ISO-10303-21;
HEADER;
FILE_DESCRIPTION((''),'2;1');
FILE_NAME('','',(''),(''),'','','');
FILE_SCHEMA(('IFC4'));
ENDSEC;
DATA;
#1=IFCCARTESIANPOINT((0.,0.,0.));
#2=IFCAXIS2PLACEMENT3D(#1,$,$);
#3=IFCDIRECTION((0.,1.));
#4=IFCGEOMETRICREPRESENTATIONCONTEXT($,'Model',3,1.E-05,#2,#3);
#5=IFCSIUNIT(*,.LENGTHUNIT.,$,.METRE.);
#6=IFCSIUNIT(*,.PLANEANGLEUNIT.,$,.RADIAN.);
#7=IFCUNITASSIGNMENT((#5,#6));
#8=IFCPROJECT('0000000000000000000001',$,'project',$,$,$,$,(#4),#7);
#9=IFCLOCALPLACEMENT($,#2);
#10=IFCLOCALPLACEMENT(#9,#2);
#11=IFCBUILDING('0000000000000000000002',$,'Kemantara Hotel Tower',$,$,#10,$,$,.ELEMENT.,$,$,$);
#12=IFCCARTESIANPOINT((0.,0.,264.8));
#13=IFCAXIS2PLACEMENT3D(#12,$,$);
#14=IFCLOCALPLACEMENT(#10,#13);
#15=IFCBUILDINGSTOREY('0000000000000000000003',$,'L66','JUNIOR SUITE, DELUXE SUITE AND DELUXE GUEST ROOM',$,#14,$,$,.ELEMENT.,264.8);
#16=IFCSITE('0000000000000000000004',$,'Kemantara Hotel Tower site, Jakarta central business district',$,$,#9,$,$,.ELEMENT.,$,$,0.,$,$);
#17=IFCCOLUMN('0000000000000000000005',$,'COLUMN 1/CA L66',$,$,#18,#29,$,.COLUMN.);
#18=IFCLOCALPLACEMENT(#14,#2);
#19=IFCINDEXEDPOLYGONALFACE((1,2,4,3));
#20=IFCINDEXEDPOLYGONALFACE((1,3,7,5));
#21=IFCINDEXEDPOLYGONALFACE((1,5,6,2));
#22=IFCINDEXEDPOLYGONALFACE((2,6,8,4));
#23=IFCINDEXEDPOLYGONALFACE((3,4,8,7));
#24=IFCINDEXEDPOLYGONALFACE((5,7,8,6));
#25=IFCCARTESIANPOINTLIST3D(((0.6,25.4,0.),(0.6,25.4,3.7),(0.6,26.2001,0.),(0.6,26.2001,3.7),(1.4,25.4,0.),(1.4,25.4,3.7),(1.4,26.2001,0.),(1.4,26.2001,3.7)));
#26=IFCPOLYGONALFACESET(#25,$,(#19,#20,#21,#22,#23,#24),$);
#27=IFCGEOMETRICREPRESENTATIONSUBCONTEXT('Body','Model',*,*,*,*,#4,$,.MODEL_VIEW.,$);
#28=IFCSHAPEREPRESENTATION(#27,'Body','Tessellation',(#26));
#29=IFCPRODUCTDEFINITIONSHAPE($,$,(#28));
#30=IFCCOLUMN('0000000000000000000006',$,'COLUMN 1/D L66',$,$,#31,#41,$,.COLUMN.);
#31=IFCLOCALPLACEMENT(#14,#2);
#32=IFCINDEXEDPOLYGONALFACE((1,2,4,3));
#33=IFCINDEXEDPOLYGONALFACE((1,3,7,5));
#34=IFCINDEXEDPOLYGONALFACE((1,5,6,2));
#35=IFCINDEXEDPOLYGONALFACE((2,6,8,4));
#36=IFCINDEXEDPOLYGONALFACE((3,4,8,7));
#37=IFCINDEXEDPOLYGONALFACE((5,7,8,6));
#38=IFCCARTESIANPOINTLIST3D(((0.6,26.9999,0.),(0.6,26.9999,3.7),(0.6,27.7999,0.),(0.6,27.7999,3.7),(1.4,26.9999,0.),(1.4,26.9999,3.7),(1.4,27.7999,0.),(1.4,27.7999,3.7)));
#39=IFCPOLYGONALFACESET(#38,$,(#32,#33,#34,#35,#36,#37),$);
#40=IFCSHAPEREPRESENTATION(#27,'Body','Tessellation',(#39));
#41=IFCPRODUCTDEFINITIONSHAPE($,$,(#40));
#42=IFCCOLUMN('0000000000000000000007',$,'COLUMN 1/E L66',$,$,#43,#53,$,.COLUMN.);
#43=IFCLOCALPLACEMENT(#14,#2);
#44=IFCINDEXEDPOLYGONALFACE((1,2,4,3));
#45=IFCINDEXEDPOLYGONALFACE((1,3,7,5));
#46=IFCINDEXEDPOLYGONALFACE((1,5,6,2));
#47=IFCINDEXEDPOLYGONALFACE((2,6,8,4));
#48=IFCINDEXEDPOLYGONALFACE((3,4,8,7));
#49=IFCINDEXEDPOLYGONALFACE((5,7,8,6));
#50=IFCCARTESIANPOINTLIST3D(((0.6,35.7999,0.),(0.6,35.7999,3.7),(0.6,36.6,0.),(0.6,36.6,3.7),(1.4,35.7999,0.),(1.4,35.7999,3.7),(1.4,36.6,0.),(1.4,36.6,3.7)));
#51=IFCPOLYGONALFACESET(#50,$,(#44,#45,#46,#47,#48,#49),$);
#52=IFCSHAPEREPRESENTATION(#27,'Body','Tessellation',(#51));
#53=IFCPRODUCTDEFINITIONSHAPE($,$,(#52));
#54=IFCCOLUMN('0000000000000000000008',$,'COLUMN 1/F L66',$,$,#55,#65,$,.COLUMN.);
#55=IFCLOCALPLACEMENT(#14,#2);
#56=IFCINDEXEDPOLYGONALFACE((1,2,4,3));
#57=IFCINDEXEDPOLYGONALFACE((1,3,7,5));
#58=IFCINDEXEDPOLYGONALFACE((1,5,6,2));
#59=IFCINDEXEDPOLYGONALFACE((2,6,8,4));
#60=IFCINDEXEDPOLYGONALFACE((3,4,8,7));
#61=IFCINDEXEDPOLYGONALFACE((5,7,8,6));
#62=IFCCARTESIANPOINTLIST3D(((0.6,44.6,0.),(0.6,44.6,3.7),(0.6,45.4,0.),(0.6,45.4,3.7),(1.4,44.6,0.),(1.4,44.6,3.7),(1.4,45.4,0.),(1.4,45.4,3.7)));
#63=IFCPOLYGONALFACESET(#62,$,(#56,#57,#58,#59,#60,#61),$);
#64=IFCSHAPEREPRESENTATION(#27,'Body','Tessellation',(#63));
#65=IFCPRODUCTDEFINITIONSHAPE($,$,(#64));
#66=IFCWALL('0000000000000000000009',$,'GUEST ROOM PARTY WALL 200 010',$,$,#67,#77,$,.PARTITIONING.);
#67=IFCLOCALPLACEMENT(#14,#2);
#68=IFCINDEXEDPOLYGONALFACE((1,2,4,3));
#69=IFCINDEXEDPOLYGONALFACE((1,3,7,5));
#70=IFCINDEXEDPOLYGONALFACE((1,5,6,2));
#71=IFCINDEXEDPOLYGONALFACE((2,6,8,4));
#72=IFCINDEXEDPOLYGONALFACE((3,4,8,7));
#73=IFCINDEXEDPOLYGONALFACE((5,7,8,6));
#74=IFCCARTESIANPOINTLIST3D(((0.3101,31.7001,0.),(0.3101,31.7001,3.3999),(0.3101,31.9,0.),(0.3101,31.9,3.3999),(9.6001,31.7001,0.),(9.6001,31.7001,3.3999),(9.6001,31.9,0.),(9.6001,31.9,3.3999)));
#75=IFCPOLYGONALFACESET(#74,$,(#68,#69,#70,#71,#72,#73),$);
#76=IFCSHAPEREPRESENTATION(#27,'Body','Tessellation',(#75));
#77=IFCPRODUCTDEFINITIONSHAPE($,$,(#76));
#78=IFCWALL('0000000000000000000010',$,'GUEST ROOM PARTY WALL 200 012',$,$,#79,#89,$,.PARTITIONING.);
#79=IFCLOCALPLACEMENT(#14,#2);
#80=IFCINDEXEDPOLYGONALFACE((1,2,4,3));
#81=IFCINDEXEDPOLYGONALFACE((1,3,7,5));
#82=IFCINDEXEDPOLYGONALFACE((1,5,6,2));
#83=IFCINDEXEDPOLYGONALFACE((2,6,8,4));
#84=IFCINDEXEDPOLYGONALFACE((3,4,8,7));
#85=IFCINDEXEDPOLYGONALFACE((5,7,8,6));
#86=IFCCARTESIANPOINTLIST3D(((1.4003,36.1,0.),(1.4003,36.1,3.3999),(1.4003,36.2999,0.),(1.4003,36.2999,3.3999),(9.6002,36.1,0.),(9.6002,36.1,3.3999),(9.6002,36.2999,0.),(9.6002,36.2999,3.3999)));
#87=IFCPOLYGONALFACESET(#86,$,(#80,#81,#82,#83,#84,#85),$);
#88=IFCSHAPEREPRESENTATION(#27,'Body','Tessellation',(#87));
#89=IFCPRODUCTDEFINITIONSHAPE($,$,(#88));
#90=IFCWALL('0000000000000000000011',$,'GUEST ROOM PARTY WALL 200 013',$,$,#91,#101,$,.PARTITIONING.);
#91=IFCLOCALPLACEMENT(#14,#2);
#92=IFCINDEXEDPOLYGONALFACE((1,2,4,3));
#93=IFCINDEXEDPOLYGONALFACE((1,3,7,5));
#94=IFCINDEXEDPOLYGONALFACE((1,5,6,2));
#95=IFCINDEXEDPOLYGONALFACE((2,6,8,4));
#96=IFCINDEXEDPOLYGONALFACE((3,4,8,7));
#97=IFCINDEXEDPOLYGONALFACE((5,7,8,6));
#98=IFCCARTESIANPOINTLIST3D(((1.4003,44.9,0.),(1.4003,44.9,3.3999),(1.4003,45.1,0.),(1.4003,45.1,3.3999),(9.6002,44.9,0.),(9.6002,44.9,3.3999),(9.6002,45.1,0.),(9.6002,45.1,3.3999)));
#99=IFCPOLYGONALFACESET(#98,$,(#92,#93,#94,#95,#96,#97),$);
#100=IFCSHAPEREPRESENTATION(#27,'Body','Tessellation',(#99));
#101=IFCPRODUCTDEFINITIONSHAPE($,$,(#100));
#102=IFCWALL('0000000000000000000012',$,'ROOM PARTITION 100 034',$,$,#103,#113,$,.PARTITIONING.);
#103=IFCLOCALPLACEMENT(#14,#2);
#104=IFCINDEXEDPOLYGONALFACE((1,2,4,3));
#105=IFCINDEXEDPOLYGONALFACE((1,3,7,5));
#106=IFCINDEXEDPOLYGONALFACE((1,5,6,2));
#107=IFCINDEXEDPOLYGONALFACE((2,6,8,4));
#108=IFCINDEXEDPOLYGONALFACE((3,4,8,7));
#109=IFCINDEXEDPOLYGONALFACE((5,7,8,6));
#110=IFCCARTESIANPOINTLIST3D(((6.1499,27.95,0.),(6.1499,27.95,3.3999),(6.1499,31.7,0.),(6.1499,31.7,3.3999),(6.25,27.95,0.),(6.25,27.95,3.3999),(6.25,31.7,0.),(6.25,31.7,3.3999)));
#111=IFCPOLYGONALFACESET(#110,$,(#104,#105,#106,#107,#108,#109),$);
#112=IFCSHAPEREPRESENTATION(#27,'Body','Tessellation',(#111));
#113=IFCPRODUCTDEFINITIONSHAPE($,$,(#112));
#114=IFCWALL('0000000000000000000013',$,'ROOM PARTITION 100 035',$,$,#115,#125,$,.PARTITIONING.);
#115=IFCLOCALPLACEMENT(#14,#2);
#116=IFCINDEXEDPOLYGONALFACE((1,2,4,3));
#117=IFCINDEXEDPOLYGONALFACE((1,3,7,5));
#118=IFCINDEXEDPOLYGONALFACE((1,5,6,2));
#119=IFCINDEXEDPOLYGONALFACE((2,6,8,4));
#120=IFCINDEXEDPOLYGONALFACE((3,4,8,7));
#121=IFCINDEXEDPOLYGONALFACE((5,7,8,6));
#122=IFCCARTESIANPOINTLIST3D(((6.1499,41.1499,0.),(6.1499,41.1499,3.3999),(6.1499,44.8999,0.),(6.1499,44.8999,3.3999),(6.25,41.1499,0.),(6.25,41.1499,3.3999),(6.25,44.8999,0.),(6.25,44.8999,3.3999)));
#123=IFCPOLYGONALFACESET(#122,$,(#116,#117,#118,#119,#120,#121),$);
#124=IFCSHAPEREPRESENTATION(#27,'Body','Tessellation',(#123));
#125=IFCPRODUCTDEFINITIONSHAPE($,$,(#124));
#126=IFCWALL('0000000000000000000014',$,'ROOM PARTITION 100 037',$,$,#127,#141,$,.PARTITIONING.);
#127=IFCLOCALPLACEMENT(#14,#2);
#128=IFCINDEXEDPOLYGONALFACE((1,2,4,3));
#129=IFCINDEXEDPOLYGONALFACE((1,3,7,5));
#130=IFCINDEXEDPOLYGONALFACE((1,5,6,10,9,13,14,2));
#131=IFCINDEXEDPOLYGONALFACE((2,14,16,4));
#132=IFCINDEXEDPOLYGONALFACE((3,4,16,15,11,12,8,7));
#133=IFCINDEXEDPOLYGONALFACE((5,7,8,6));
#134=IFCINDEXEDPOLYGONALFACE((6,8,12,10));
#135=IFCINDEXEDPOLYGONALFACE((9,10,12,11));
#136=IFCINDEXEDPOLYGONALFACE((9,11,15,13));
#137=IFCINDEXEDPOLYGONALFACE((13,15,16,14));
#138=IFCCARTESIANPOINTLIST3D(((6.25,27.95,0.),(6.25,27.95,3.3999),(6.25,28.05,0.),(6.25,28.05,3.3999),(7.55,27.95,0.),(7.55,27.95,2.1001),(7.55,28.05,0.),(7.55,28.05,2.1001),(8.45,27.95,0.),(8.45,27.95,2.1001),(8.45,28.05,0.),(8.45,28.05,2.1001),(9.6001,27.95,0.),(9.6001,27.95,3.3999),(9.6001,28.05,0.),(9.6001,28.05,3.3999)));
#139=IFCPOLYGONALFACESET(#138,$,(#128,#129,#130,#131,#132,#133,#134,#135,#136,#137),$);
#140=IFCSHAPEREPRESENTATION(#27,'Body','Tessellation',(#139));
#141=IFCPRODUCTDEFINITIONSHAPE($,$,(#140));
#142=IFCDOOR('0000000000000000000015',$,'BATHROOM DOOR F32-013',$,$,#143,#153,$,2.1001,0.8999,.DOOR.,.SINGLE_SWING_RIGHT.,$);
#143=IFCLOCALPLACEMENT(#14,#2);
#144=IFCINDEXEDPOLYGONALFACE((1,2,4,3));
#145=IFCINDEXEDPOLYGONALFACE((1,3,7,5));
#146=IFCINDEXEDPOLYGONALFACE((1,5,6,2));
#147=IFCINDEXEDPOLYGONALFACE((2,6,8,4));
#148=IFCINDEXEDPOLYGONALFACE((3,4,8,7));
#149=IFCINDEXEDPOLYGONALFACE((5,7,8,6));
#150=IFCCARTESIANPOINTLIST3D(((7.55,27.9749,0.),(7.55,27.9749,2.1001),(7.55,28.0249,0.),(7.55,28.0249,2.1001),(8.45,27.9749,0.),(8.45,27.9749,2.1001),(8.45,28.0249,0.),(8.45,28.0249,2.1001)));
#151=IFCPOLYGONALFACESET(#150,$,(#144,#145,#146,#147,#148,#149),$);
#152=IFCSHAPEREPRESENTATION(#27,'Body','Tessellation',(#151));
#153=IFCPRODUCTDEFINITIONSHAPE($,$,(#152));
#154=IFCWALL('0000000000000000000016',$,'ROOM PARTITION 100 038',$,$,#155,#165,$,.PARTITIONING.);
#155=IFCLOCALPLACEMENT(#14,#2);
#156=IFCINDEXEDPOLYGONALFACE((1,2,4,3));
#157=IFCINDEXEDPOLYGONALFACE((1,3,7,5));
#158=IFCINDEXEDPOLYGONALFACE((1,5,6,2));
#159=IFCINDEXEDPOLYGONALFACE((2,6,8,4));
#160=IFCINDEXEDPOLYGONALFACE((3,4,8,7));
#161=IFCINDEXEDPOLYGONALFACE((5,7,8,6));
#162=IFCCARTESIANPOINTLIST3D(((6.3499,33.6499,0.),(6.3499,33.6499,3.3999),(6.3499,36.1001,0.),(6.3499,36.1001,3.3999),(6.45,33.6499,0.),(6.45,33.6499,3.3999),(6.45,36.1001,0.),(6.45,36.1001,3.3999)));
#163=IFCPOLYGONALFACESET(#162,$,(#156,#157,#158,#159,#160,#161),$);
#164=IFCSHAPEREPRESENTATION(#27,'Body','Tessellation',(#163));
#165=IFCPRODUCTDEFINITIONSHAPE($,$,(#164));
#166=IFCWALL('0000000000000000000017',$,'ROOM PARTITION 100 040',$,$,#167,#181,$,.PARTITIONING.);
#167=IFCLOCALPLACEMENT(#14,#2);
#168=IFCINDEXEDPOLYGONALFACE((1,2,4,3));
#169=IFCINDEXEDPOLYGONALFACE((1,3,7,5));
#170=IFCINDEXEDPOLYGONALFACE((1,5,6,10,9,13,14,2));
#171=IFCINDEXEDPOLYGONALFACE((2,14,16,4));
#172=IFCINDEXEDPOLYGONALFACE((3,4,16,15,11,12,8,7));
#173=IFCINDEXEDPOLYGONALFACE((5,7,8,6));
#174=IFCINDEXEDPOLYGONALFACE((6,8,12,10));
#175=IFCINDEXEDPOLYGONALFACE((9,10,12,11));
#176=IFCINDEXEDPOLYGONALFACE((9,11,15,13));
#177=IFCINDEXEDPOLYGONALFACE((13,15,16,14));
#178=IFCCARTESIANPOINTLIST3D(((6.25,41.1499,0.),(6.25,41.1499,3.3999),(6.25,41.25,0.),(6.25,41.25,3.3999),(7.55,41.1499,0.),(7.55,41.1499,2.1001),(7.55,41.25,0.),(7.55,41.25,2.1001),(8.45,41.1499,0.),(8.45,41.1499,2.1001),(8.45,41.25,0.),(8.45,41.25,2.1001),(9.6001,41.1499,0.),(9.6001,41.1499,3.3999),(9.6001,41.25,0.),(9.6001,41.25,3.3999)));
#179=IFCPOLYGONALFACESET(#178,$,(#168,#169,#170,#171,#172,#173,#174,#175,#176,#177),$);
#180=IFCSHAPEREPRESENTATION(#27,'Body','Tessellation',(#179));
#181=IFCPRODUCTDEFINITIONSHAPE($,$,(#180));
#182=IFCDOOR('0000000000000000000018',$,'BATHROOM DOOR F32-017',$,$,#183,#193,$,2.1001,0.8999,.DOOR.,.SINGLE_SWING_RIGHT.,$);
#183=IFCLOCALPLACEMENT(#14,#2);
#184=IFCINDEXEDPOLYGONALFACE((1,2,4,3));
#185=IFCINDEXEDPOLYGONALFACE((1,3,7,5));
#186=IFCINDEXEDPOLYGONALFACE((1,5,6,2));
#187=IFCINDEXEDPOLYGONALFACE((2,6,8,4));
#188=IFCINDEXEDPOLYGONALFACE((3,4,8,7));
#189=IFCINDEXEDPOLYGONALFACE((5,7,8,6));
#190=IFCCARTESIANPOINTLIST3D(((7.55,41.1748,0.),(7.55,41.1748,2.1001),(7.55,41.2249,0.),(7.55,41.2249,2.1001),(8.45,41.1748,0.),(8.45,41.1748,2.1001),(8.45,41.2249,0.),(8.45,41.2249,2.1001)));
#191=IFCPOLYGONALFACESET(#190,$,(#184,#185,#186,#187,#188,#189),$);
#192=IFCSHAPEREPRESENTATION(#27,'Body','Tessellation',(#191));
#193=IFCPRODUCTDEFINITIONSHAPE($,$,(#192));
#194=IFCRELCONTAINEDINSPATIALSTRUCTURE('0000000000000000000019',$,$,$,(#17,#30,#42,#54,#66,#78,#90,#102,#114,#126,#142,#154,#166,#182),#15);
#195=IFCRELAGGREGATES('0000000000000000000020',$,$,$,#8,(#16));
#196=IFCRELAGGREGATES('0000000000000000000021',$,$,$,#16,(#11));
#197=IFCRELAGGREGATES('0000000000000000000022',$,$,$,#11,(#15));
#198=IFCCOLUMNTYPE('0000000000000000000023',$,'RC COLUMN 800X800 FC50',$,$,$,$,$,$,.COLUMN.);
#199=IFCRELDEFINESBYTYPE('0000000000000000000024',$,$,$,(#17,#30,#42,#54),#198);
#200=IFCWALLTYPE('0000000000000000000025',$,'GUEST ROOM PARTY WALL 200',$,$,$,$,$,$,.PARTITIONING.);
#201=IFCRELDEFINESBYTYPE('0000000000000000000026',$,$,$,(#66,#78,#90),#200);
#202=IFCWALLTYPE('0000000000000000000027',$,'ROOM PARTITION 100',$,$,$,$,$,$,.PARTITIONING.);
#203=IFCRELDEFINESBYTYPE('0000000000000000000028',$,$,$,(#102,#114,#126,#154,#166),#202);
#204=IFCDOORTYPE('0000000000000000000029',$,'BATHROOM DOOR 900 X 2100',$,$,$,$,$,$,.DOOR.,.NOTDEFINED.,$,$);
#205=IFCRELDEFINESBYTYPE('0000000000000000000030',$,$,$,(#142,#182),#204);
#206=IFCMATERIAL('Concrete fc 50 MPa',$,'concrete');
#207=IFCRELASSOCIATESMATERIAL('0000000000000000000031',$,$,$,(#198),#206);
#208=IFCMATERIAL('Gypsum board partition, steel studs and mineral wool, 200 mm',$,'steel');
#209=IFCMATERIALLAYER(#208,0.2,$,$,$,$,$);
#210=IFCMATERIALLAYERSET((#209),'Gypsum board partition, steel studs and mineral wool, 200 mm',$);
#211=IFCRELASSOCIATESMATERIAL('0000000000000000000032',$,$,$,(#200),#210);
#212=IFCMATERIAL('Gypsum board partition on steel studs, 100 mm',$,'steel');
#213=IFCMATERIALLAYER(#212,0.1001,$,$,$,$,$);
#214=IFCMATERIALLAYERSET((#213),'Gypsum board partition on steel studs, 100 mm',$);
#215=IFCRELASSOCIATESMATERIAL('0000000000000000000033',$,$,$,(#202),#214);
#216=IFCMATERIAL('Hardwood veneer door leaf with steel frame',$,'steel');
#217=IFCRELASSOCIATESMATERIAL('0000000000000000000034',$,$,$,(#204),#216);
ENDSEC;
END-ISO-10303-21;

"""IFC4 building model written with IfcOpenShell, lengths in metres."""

from ifc_helpers import new_model, si_unit, direction, frame, frame_2d, origin, origin_2d, place, context, subcontext, project, spatial, rectangle, extrude, material, layer, layer_set, material_profile, profile_set, type_object, element, fill, save


model = new_model("IFC4")

# Units and contexts
model_context = context("Model", 3, precision=1e-05, world=origin(), true_north=direction((0.0, 1.0)))
body_context = subcontext(model_context, "Body", "Model", "MODEL_VIEW")
ifc_project = project(units=[si_unit("LENGTHUNIT", "METRE"), si_unit("PLANEANGLEUNIT", "RADIAN")], contexts=[model_context])

# Site, building, storey
site_placement = place(None, origin())
site = spatial("IfcSite", under=ifc_project, at=site_placement, Name="Kemantara Hotel Tower site, Jakarta central business district", CompositionType="ELEMENT", RefElevation=0.0)
building_placement = place(site_placement, origin())
building = spatial("IfcBuilding", under=site, at=building_placement, Name="Kemantara Hotel Tower", CompositionType="ELEMENT")
storey_placement = place(building_placement, frame((0.0, 0.0, 264.8)))
storey = spatial("IfcBuildingStorey", under=building, at=storey_placement, Name="L66", Description="JUNIOR SUITE, DELUXE SUITE AND DELUXE GUEST ROOM", CompositionType="ELEMENT", Elevation=264.8)

# Columns
ifc_material_1 = material(Name="Concrete fc 50 MPa", Category="concrete")
ifc_material_profile = material_profile(ifc_material_1, rectangle(XDim=0.8, YDim=0.8, at=origin_2d()), Name="RC 800X800")
ifc_profile_set = profile_set([ifc_material_profile], Name="Concrete fc 50 MPa")
column_type = type_object("IfcColumnType", Name="RC COLUMN 800X800 FC50", PredefinedType="COLUMN", material=ifc_profile_set)
for number, where, z_axis, x_axis, name in (
    (1, (1.0, 25.8, 0.0), (0.0, 0.0, 1.0), (1.0, 0.0, 0.0), "COLUMN 1/CA L66"),
    (2, (1.0, 27.3999, 0.0), (0.0, 0.0, 1.0), (1.0, 0.0, 0.0), "COLUMN 1/D L66"),
    (3, (1.0, 36.2, 0.0), (0.0, 0.0, 1.0), (1.0, 0.0, 0.0), "COLUMN 1/E L66"),
    (4, (1.0, 45.0, 0.0), (0.0, 0.0, 1.0), (1.0, 0.0, 0.0), "COLUMN 1/F L66"),
):
    element("IfcColumn", number, at=place(storey_placement, frame(where, z_axis=z_axis, x_axis=x_axis)), inside=storey, type_object=column_type, Name=name, PredefinedType="COLUMN", context=body_context, shape_type="SweptSolid", body=[
        extrude(rectangle(XDim=0.8, YDim=0.8, at=origin_2d()), origin(), (0.0, 0.0, 1.0), 3.7),
    ])

# Walls
ifc_material_2 = material(Name="Gypsum board partition, steel studs and mineral wool, 200 mm", Category="steel")
ifc_layer_1 = layer(ifc_material_2, 0.2)
ifc_layer_set_1 = layer_set([ifc_layer_1], Name="Gypsum board partition, steel studs and mineral wool, 200 mm")
wall_type_1 = type_object("IfcWallType", Name="GUEST ROOM PARTY WALL 200", PredefinedType="PARTITIONING", material=ifc_layer_set_1)
wall_1_placement = place(storey_placement, frame((0.3101, 31.8, 0.0), z_axis=(0.0, 0.0, 1.0), x_axis=(1.0, 0.0, 0.0)))
element("IfcWall", 5, at=wall_1_placement, inside=storey, type_object=wall_type_1, Name="GUEST ROOM PARTY WALL 200 010", PredefinedType="PARTITIONING", context=body_context, shape_type="SweptSolid", body=[
    extrude(rectangle(XDim=9.29, YDim=0.2, at=frame_2d((4.645, 0.0))), origin(), (0.0, 0.0, 1.0), 3.3999),
])
for number, where, z_axis, x_axis, name in (
    (6, (1.4001, 36.2, 0.0), (0.0, 0.0, 1.0), (1.0, 0.0, 0.0), "GUEST ROOM PARTY WALL 200 012"),
    (7, (1.4001, 45.0, 0.0), (0.0, 0.0, 1.0), (1.0, 0.0, 0.0), "GUEST ROOM PARTY WALL 200 013"),
):
    element("IfcWall", number, at=place(storey_placement, frame(where, z_axis=z_axis, x_axis=x_axis)), inside=storey, type_object=wall_type_1, Name=name, PredefinedType="PARTITIONING", context=body_context, shape_type="SweptSolid", body=[
        extrude(rectangle(XDim=8.2, YDim=0.2, at=frame_2d((4.1001, 0.0))), origin(), (0.0, 0.0, 1.0), 3.3999),
    ])
ifc_material_3 = material(Name="Gypsum board partition on steel studs, 100 mm", Category="steel")
ifc_layer_2 = layer(ifc_material_3, 0.1001)
ifc_layer_set_2 = layer_set([ifc_layer_2], Name="Gypsum board partition on steel studs, 100 mm")
wall_type_2 = type_object("IfcWallType", Name="ROOM PARTITION 100", PredefinedType="PARTITIONING", material=ifc_layer_set_2)
for number, where, z_axis, x_axis, name in (
    (8, (6.2, 27.95, 0.0), (0.0, 0.0, 1.0), (0.0, 1.0, 0.0), "ROOM PARTITION 100 034"),
    (9, (6.2, 41.1499, 0.0), (0.0, 0.0, 1.0), (0.0, 1.0, 0.0), "ROOM PARTITION 100 035"),
):
    element("IfcWall", number, at=place(storey_placement, frame(where, z_axis=z_axis, x_axis=x_axis)), inside=storey, type_object=wall_type_2, Name=name, PredefinedType="PARTITIONING", context=body_context, shape_type="SweptSolid", body=[
        extrude(rectangle(XDim=3.75, YDim=0.1001, at=frame_2d((1.875, 0.0))), origin(), (0.0, 0.0, 1.0), 3.3999),
    ])

# Wall, opening, door
wall_2_placement = place(storey_placement, frame((6.25, 28.0, 0.0), z_axis=(0.0, 0.0, 1.0), x_axis=(1.0, 0.0, 0.0)))
wall_2 = element("IfcWall", 10, at=wall_2_placement, inside=storey, type_object=wall_type_2, Name="ROOM PARTITION 100 037", PredefinedType="PARTITIONING", context=body_context, shape_type="SweptSolid", body=[
    extrude(rectangle(XDim=3.3501, YDim=0.1001, at=frame_2d((1.675, 0.0))), origin(), (0.0, 0.0, 1.0), 3.3999),
])
opening_1_placement = place(wall_2_placement, frame((1.3, 0.0, 0.0)))
opening_1 = element("IfcOpeningElement", 11, at=opening_1_placement, cuts=wall_2, PredefinedType="OPENING", context=body_context, shape_type="SweptSolid", body=[
    extrude(rectangle(XDim=0.8999, YDim=2.1001, at=frame_2d((0.45, 1.05))), frame((0.0, 0.0601, 0.0), z_axis=(0.0, -1.0, 0.0), x_axis=(1.0, 0.0, 0.0)), (0.0, 0.0, 1.0), 0.1201),
])
ifc_material_4 = material(Name="Hardwood veneer door leaf with steel frame", Category="steel")
door_type = type_object("IfcDoorType", Name="BATHROOM DOOR 900 X 2100", OperationType="NOTDEFINED", PredefinedType="DOOR", material=ifc_material_4)
door_1_placement = place(opening_1_placement, origin())
door_1 = element("IfcDoor", 12, at=door_1_placement, inside=storey, type_object=door_type, Name="BATHROOM DOOR F32-013", OperationType="SINGLE_SWING_RIGHT", OverallHeight=2.1001, OverallWidth=0.8999, PredefinedType="DOOR", context=body_context, shape_type="SweptSolid", body=[
    extrude(rectangle(XDim=0.8999, YDim=2.1001, at=frame_2d((0.45, 1.05))), frame((0.0, 0.0249, 0.0), z_axis=(0.0, -1.0, 0.0), x_axis=(1.0, 0.0, 0.0)), (0.0, 0.0, 1.0), 0.05),
])
fill(opening_1, door_1)

# Wall
wall_3_placement = place(storey_placement, frame((6.3999, 33.6499, 0.0), z_axis=(0.0, 0.0, 1.0), x_axis=(0.0, 1.0, 0.0)))
element("IfcWall", 13, at=wall_3_placement, inside=storey, type_object=wall_type_2, Name="ROOM PARTITION 100 038", PredefinedType="PARTITIONING", context=body_context, shape_type="SweptSolid", body=[
    extrude(rectangle(XDim=2.4502, YDim=0.1001, at=frame_2d((1.2251, 0.0))), origin(), (0.0, 0.0, 1.0), 3.3999),
])

# Wall, opening, door
wall_4_placement = place(storey_placement, frame((6.25, 41.2, 0.0), z_axis=(0.0, 0.0, 1.0), x_axis=(1.0, 0.0, 0.0)))
wall_4 = element("IfcWall", 14, at=wall_4_placement, inside=storey, type_object=wall_type_2, Name="ROOM PARTITION 100 040", PredefinedType="PARTITIONING", context=body_context, shape_type="SweptSolid", body=[
    extrude(rectangle(XDim=3.3501, YDim=0.1001, at=frame_2d((1.675, 0.0))), origin(), (0.0, 0.0, 1.0), 3.3999),
])
opening_2_placement = place(wall_4_placement, frame((1.3, 0.0, 0.0)))
opening_2 = element("IfcOpeningElement", 15, at=opening_2_placement, cuts=wall_4, PredefinedType="OPENING", context=body_context, shape_type="SweptSolid", body=[
    extrude(rectangle(XDim=0.8999, YDim=2.1001, at=frame_2d((0.45, 1.05))), frame((0.0, 0.0601, 0.0), z_axis=(0.0, -1.0, 0.0), x_axis=(1.0, 0.0, 0.0)), (0.0, 0.0, 1.0), 0.1201),
])
door_2_placement = place(opening_2_placement, origin())
door_2 = element("IfcDoor", 16, at=door_2_placement, inside=storey, type_object=door_type, Name="BATHROOM DOOR F32-017", OperationType="SINGLE_SWING_RIGHT", OverallHeight=2.1001, OverallWidth=0.8999, PredefinedType="DOOR", context=body_context, shape_type="SweptSolid", body=[
    extrude(rectangle(XDim=0.8999, YDim=2.1001, at=frame_2d((0.45, 1.05))), frame((0.0, 0.0249, 0.0), z_axis=(0.0, -1.0, 0.0), x_axis=(1.0, 0.0, 0.0)), (0.0, 0.0, 1.0), 0.05),
])
fill(opening_2, door_2)

save(model, "model.ifc")
